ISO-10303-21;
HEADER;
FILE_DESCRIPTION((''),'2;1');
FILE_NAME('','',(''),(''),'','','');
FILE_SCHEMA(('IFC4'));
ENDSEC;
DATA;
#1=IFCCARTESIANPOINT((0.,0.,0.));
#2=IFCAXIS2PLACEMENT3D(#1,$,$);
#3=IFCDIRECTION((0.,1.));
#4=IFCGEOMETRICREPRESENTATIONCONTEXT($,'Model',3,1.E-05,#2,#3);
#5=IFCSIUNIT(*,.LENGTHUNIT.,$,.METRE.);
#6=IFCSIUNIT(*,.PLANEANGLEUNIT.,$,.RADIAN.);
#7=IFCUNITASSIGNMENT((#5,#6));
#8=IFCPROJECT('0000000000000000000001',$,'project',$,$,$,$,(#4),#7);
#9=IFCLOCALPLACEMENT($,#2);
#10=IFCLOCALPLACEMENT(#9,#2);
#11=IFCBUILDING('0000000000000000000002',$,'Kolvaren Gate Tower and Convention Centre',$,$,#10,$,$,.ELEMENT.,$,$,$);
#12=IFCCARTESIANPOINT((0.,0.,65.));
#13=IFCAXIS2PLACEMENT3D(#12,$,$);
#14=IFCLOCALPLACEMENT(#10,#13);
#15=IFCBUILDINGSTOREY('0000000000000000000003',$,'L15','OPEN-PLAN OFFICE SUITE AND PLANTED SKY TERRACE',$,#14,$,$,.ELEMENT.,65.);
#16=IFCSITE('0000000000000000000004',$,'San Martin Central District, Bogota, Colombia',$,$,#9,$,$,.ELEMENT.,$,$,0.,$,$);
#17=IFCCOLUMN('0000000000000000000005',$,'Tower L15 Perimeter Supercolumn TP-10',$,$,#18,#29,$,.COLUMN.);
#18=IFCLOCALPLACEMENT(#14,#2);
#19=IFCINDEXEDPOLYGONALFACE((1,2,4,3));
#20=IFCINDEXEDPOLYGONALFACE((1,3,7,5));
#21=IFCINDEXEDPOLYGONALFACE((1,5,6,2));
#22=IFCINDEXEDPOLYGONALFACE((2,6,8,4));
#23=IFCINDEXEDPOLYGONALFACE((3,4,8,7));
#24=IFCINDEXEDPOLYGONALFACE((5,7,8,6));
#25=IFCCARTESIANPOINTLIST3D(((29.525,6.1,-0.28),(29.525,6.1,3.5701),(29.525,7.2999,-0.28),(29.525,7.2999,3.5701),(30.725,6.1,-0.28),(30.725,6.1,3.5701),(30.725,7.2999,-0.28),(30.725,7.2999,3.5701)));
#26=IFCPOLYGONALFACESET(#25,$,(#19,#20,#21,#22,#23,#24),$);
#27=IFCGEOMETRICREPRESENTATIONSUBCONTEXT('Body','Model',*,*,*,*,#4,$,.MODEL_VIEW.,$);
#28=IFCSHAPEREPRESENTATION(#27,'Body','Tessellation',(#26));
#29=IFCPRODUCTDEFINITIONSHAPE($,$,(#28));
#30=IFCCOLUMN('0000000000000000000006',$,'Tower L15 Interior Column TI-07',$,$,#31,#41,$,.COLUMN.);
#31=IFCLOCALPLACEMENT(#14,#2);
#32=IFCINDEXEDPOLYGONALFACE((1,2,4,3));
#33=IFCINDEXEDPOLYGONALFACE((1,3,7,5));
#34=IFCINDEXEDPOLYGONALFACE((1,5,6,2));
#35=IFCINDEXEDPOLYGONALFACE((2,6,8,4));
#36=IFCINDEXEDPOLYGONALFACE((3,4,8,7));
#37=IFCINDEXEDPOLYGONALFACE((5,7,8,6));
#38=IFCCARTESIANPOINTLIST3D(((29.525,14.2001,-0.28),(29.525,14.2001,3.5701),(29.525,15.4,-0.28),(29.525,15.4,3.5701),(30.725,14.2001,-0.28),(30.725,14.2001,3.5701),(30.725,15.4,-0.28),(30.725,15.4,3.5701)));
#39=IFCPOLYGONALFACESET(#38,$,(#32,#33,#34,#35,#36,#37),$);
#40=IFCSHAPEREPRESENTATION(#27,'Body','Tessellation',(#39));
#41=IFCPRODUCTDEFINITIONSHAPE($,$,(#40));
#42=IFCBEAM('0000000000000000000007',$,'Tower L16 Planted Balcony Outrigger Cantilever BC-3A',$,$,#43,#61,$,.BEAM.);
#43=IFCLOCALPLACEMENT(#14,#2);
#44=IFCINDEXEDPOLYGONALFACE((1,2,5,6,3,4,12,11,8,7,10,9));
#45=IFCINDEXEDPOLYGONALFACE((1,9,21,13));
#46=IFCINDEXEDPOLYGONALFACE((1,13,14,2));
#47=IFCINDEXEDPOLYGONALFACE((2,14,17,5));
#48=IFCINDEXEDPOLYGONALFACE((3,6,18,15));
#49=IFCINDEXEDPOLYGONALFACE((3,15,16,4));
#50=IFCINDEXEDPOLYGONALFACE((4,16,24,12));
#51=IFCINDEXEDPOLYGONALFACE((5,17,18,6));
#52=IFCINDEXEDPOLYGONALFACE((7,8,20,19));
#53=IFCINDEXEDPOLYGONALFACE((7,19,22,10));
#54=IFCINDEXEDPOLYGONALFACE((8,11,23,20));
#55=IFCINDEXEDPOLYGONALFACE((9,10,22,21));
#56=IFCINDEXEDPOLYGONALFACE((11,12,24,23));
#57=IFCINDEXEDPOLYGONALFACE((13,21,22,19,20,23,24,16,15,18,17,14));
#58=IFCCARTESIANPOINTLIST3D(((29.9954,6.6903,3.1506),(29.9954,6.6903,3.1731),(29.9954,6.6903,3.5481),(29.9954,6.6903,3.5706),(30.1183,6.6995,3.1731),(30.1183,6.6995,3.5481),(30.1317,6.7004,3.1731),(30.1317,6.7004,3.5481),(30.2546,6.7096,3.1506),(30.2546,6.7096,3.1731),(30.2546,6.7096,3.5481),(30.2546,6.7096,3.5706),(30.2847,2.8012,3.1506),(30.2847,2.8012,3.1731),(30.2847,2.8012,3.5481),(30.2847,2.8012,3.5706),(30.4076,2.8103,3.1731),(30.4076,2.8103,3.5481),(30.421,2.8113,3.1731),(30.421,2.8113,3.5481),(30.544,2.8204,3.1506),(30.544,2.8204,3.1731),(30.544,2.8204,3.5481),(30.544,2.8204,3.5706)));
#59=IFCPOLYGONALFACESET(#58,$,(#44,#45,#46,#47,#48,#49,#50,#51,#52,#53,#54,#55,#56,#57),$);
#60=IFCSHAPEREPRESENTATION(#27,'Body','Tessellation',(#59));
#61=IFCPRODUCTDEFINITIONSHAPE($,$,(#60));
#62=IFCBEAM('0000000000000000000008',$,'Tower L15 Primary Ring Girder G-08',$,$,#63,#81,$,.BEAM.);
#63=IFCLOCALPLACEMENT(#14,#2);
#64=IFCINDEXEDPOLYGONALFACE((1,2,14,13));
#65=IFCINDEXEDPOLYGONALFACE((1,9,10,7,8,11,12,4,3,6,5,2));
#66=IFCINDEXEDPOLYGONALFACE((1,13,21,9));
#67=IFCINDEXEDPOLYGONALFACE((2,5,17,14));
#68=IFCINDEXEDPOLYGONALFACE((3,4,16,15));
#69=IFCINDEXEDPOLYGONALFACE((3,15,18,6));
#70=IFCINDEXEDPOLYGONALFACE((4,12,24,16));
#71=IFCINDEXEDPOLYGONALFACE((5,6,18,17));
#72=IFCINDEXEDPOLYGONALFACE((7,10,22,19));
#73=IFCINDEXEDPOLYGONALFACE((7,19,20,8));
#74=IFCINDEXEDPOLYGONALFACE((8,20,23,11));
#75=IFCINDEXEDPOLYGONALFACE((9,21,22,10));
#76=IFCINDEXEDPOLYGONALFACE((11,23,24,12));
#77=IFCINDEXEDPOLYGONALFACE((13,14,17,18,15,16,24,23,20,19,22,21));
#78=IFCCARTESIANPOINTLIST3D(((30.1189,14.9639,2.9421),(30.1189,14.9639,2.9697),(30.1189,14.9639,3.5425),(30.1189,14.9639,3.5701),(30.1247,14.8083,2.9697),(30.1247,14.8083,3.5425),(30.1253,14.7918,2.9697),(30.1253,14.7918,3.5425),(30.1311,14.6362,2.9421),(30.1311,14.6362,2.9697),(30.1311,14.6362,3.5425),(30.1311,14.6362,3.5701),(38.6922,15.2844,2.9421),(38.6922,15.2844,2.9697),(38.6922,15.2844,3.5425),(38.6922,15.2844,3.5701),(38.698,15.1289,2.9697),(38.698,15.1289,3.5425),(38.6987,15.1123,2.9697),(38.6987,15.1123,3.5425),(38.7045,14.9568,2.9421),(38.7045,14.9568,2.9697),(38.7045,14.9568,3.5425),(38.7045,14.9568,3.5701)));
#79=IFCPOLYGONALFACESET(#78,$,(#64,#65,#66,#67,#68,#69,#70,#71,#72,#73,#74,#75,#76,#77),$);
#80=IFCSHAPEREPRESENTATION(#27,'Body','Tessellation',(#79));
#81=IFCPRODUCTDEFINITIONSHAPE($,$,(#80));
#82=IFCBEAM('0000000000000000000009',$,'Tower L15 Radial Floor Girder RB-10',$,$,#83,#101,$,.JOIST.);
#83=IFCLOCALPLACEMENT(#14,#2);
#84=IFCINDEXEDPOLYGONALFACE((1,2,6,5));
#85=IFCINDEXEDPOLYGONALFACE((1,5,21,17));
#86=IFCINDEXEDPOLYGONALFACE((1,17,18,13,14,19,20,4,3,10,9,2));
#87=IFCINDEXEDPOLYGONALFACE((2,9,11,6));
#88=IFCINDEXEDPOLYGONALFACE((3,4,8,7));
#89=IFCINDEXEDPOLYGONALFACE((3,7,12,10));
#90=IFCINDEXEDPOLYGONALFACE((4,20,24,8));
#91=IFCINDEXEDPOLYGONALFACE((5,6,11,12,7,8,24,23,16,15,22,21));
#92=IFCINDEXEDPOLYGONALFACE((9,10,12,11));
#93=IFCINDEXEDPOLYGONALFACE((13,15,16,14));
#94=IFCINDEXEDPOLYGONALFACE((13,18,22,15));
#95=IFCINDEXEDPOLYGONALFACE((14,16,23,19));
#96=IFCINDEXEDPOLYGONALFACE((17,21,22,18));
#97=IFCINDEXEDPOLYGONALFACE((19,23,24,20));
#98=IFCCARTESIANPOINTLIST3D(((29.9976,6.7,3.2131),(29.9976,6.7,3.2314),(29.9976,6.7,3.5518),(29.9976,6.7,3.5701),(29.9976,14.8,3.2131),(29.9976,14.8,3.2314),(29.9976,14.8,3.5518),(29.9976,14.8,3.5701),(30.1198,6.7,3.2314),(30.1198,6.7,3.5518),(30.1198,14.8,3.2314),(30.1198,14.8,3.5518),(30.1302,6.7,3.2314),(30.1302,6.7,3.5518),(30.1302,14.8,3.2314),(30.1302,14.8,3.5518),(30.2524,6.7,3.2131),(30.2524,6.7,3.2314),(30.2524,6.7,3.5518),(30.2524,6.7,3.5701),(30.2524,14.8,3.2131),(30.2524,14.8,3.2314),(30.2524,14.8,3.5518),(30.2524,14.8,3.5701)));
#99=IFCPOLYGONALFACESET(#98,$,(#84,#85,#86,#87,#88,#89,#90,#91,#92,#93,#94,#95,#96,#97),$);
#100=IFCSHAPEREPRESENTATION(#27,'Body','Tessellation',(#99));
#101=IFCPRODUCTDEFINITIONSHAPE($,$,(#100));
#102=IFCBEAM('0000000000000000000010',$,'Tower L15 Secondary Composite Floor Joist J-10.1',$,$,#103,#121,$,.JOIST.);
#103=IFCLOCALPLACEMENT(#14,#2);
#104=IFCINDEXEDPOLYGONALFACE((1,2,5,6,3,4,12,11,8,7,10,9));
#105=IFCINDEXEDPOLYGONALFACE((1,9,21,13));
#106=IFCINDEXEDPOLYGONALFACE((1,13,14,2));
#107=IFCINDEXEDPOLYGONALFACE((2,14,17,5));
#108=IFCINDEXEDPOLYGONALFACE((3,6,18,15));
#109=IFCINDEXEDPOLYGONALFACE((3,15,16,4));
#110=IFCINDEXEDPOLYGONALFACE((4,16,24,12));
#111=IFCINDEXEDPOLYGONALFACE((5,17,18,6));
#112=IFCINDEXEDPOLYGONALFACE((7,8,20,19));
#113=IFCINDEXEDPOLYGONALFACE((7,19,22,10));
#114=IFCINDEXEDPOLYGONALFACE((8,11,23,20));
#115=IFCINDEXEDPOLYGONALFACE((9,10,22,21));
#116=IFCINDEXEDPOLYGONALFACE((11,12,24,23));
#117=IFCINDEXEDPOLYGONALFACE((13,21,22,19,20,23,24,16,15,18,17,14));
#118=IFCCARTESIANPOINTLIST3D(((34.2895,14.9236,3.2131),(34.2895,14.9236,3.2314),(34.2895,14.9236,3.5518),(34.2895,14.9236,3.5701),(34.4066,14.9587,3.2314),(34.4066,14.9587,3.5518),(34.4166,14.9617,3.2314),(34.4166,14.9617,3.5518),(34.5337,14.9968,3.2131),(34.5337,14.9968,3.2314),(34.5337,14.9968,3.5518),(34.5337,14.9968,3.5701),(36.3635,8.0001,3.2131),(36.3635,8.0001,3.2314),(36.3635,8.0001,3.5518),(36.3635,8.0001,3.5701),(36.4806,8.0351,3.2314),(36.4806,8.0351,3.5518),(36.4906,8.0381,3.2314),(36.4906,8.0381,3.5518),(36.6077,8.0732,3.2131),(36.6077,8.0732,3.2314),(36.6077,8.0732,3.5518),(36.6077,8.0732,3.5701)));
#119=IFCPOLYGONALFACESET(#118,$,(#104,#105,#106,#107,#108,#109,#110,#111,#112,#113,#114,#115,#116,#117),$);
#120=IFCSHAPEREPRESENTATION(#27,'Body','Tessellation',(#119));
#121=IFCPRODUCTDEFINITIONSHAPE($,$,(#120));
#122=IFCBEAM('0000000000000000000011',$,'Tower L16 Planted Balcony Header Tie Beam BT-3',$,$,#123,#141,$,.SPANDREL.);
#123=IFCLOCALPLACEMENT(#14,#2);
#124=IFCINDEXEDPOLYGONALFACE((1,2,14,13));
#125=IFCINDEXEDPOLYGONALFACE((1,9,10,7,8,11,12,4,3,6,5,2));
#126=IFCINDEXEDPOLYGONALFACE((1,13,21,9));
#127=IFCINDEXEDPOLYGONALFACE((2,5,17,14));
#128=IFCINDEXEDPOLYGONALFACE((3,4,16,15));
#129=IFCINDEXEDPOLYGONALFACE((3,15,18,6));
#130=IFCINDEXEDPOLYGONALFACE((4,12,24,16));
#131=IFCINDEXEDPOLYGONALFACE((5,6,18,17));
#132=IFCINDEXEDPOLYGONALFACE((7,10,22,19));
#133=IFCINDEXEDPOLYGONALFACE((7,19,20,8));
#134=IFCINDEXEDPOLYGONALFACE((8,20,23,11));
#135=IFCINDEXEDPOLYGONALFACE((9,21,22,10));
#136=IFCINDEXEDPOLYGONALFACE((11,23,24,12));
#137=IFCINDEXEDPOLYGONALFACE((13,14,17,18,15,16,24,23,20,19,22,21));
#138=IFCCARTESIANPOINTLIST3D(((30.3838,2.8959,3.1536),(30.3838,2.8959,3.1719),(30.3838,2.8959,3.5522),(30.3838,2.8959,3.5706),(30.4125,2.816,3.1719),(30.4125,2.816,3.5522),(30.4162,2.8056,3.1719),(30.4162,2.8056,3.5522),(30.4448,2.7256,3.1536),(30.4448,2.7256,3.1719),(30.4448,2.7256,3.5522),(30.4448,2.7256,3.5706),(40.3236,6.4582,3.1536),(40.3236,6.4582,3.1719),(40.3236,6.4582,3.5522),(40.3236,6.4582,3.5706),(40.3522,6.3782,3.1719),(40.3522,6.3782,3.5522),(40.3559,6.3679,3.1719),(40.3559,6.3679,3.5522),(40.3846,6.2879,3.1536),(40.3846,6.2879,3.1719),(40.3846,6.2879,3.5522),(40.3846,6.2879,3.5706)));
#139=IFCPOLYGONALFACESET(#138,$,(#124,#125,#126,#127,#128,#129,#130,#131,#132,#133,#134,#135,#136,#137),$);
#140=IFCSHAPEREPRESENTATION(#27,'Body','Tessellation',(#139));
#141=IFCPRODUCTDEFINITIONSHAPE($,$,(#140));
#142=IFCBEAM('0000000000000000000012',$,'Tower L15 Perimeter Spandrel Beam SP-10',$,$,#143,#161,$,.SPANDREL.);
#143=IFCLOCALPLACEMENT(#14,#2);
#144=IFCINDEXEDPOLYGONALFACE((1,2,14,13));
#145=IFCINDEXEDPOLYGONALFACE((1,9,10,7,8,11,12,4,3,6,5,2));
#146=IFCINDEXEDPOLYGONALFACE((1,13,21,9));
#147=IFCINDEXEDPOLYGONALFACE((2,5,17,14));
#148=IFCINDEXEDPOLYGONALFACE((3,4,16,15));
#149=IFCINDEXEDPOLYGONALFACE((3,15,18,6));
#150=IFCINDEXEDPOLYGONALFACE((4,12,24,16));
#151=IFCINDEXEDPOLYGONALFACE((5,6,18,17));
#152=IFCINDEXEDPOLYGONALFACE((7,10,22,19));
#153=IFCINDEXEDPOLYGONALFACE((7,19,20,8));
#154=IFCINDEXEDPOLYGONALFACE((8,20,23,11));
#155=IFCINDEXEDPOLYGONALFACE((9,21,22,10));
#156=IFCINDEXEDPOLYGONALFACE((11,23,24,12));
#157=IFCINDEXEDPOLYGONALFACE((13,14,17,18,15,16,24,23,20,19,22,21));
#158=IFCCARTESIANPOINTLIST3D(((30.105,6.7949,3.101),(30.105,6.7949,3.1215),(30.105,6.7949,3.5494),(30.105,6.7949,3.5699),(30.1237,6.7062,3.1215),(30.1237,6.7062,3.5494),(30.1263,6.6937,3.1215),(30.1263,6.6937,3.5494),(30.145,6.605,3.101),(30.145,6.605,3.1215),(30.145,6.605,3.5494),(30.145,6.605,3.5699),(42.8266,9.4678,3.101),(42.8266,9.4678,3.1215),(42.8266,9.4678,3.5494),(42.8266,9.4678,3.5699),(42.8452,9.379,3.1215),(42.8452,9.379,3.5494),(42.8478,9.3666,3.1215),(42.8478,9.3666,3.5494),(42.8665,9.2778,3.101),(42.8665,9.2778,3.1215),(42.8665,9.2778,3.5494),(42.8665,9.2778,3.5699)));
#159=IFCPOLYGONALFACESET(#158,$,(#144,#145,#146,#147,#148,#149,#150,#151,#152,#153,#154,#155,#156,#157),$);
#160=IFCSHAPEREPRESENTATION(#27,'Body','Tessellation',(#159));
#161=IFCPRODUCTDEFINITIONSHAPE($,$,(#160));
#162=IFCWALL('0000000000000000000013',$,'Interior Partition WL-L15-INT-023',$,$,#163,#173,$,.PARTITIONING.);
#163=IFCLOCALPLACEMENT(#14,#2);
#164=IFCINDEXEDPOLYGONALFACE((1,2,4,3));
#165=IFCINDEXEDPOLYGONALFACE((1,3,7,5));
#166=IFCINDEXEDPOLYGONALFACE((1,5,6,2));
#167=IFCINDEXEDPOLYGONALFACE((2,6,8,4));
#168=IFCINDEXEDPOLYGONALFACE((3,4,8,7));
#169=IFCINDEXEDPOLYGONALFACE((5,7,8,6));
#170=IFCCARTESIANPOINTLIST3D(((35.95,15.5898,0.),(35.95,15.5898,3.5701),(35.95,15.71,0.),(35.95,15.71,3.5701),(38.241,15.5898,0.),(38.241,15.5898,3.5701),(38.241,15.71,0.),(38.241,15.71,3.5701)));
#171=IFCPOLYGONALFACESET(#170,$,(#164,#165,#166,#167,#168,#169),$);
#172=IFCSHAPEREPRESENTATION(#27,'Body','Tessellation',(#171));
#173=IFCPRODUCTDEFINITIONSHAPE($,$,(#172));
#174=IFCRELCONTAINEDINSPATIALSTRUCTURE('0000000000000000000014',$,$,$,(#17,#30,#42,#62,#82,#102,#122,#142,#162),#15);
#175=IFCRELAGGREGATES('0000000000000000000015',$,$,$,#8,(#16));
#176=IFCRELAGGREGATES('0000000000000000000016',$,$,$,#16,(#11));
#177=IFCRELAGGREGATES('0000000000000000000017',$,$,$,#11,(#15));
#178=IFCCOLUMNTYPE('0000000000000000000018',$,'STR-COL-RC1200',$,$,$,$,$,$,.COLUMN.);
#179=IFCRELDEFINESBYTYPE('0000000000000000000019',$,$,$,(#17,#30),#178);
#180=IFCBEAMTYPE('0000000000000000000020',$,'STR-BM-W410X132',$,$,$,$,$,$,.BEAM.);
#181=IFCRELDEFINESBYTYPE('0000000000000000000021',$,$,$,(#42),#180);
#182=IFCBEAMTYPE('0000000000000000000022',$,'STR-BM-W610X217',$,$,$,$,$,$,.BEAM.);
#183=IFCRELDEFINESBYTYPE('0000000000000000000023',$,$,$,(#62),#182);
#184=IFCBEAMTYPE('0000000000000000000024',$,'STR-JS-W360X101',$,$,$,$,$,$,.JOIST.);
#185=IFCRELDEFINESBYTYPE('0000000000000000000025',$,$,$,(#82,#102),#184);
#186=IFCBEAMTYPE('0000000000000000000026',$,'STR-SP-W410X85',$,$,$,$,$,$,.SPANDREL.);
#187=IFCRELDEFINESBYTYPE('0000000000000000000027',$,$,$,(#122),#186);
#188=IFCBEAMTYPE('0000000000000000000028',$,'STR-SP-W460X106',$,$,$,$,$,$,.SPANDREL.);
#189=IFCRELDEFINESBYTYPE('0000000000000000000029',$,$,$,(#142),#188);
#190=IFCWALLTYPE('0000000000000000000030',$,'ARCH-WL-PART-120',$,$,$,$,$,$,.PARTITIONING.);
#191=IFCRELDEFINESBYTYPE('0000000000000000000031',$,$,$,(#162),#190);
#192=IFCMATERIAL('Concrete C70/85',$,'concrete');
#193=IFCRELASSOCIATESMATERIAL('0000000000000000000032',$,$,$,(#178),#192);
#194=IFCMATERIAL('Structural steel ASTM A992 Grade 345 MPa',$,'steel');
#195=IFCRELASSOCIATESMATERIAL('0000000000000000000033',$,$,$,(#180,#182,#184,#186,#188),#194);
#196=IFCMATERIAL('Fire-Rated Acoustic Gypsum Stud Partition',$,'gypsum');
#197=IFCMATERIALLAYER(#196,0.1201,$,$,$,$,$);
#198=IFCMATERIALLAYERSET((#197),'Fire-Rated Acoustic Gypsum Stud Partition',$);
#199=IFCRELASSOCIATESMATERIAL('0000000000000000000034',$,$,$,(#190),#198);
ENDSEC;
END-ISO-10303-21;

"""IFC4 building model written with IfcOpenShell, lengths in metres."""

from ifc_helpers import new_model, si_unit, direction, frame, frame_2d, origin, origin_2d, place, context, subcontext, project, spatial, rectangle, i_section, extrude, material, layer, layer_set, material_profile, profile_set, type_object, element, save


model = new_model("IFC4")

# Units and contexts
model_context = context("Model", 3, precision=1e-05, world=origin(), true_north=direction((0.0, 1.0)))
body_context = subcontext(model_context, "Body", "Model", "MODEL_VIEW")
ifc_project = project(units=[si_unit("LENGTHUNIT", "METRE"), si_unit("PLANEANGLEUNIT", "RADIAN")], contexts=[model_context])

# Site, building, storey
site_placement = place(None, origin())
site = spatial("IfcSite", under=ifc_project, at=site_placement, Name="San Martin Central District, Bogota, Colombia", CompositionType="ELEMENT", RefElevation=0.0)
building_placement = place(site_placement, origin())
building = spatial("IfcBuilding", under=site, at=building_placement, Name="Kolvaren Gate Tower and Convention Centre", CompositionType="ELEMENT")
storey_placement = place(building_placement, frame((0.0, 0.0, 65.0)))
storey = spatial("IfcBuildingStorey", under=building, at=storey_placement, Name="L15", Description="OPEN-PLAN OFFICE SUITE AND PLANTED SKY TERRACE", CompositionType="ELEMENT", Elevation=65.0)

# Columns
ifc_material_1 = material(Name="Concrete C70/85", Category="concrete")
ifc_material_profile_1 = material_profile(ifc_material_1, rectangle(XDim=1.2, YDim=1.2, at=origin_2d()), Name="RC-COL-1200X1200")
ifc_profile_set_1 = profile_set([ifc_material_profile_1], Name="Concrete C70/85")
column_type = type_object("IfcColumnType", Name="STR-COL-RC1200", PredefinedType="COLUMN", material=ifc_profile_set_1)
for number, where, z_axis, x_axis, name in (
    (1, (30.125, 6.7, -0.28), (0.0, 0.0, 1.0), (1.0, 0.0, 0.0), "Tower L15 Perimeter Supercolumn TP-10"),
    (2, (30.125, 14.8, -0.28), (0.0, 0.0, 1.0), (1.0, 0.0, 0.0), "Tower L15 Interior Column TI-07"),
):
    element("IfcColumn", number, at=place(storey_placement, frame(where, z_axis=z_axis, x_axis=x_axis)), inside=storey, type_object=column_type, Name=name, PredefinedType="COLUMN", context=body_context, shape_type="SweptSolid", body=[
        extrude(rectangle(XDim=1.2, YDim=1.2, at=origin_2d()), origin(), (0.0, 0.0, 1.0), 3.8501),
    ])

# Beams
ifc_material_2 = material(Name="Structural steel ASTM A992 Grade 345 MPa", Category="steel")
ifc_material_profile_2 = material_profile(ifc_material_2, i_section(OverallWidth=0.26, OverallDepth=0.4199, WebThickness=0.0134, FlangeThickness=0.0225, at=origin_2d()), Name="W410X132")
ifc_profile_set_2 = profile_set([ifc_material_profile_2], Name="Structural steel ASTM A992 Grade 345 MPa")
beam_type_1 = type_object("IfcBeamType", Name="STR-BM-W410X132", PredefinedType="BEAM", material=ifc_profile_set_2)
beam_1_placement = place(storey_placement, frame((30.125, 6.7, 3.3606), z_axis=(0.074183, -0.997245, 0.0), x_axis=(0.997245, 0.074183, 0.0)))
element("IfcBeam", 3, at=beam_1_placement, inside=storey, type_object=beam_type_1, Name="Tower L16 Planted Balcony Outrigger Cantilever BC-3A", PredefinedType="BEAM", context=body_context, shape_type="SweptSolid", body=[
    extrude(i_section(OverallWidth=0.26, OverallDepth=0.4199, WebThickness=0.0134, FlangeThickness=0.0225, at=origin_2d()), origin(), (0.0, 0.0, 1.0), 3.8999),
])
ifc_material_profile_3 = material_profile(ifc_material_2, i_section(OverallWidth=0.3279, OverallDepth=0.6279, WebThickness=0.0166, FlangeThickness=0.0276, at=origin_2d()), Name="W610X217")
ifc_profile_set_3 = profile_set([ifc_material_profile_3], Name="Structural steel ASTM A992 Grade 345 MPa")
beam_type_2 = type_object("IfcBeamType", Name="STR-BM-W610X217", PredefinedType="BEAM", material=ifc_profile_set_3)
beam_2_placement = place(storey_placement, frame((30.125, 14.8, 3.2561), z_axis=(0.999302, 0.037364, 0.0), x_axis=(-0.037364, 0.999302, 0.0)))
element("IfcBeam", 4, at=beam_2_placement, inside=storey, type_object=beam_type_2, Name="Tower L15 Primary Ring Girder G-08", PredefinedType="BEAM", context=body_context, shape_type="SweptSolid", body=[
    extrude(i_section(OverallWidth=0.3279, OverallDepth=0.6279, WebThickness=0.0166, FlangeThickness=0.0276, at=origin_2d()), origin(), (0.0, 0.0, 1.0), 8.5793),
])
ifc_material_profile_4 = material_profile(ifc_material_2, i_section(OverallWidth=0.2549, OverallDepth=0.3569, WebThickness=0.0105, FlangeThickness=0.0183, at=origin_2d()), Name="W360X101")
ifc_profile_set_4 = profile_set([ifc_material_profile_4], Name="Structural steel ASTM A992 Grade 345 MPa")
beam_type_3 = type_object("IfcBeamType", Name="STR-JS-W360X101", PredefinedType="JOIST", material=ifc_profile_set_4)
beam_3_placement = place(storey_placement, frame((30.125, 14.8, 3.3916), z_axis=(0.0, -1.0, 0.0), x_axis=(1.0, 0.0, 0.0)))
element("IfcBeam", 5, at=beam_3_placement, inside=storey, type_object=beam_type_3, Name="Tower L15 Radial Floor Girder RB-10", PredefinedType="JOIST", context=body_context, shape_type="SweptSolid", body=[
    extrude(i_section(OverallWidth=0.2549, OverallDepth=0.3569, WebThickness=0.0105, FlangeThickness=0.0183, at=origin_2d()), origin(), (0.0, 0.0, 1.0), 8.1001),
])
beam_4_placement = place(storey_placement, frame((34.4116, 14.9602, 3.3916), z_axis=(0.286954, -0.957944, 0.0), x_axis=(0.957944, 0.286954, 0.0)))
element("IfcBeam", 6, at=beam_4_placement, inside=storey, type_object=beam_type_3, Name="Tower L15 Secondary Composite Floor Joist J-10.1", PredefinedType="JOIST", context=body_context, shape_type="SweptSolid", body=[
    extrude(i_section(OverallWidth=0.2549, OverallDepth=0.3569, WebThickness=0.0105, FlangeThickness=0.0183, at=origin_2d()), origin(), (0.0, 0.0, 1.0), 7.2275),
])
ifc_material_profile_5 = material_profile(ifc_material_2, i_section(OverallWidth=0.1809, OverallDepth=0.417, WebThickness=0.011, FlangeThickness=0.0183, at=origin_2d()), Name="W410X85")
ifc_profile_set_5 = profile_set([ifc_material_profile_5], Name="Structural steel ASTM A992 Grade 345 MPa")
beam_type_4 = type_object("IfcBeamType", Name="STR-SP-W410X85", PredefinedType="SPANDREL", material=ifc_profile_set_5)
beam_5_placement = place(storey_placement, frame((30.4143, 2.8108, 3.3621), z_axis=(0.94137, 0.337375, 0.0), x_axis=(-0.337375, 0.94137, 0.0)))
element("IfcBeam", 7, at=beam_5_placement, inside=storey, type_object=beam_type_4, Name="Tower L16 Planted Balcony Header Tie Beam BT-3", PredefinedType="SPANDREL", context=body_context, shape_type="SweptSolid", body=[
    extrude(i_section(OverallWidth=0.1809, OverallDepth=0.417, WebThickness=0.011, FlangeThickness=0.0183, at=origin_2d()), origin(), (0.0, 0.0, 1.0), 10.5588),
])
ifc_material_profile_6 = material_profile(ifc_material_2, i_section(OverallWidth=0.1941, OverallDepth=0.469, WebThickness=0.0127, FlangeThickness=0.0205, at=origin_2d()), Name="W460X106")
ifc_profile_set_6 = profile_set([ifc_material_profile_6], Name="Structural steel ASTM A992 Grade 345 MPa")
beam_type_5 = type_object("IfcBeamType", Name="STR-SP-W460X106", PredefinedType="SPANDREL", material=ifc_profile_set_6)
beam_6_placement = place(storey_placement, frame((30.125, 6.7, 3.3354), z_axis=(0.978633, 0.205617, 0.0), x_axis=(-0.205617, 0.978633, 0.0)))
element("IfcBeam", 8, at=beam_6_placement, inside=storey, type_object=beam_type_5, Name="Tower L15 Perimeter Spandrel Beam SP-10", PredefinedType="SPANDREL", context=body_context, shape_type="SweptSolid", body=[
    extrude(i_section(OverallWidth=0.1941, OverallDepth=0.469, WebThickness=0.0127, FlangeThickness=0.0205, at=origin_2d()), origin(), (0.0, 0.0, 1.0), 12.9993),
])

# Wall
ifc_material_3 = material(Name="Fire-Rated Acoustic Gypsum Stud Partition", Category="gypsum")
ifc_layer_1 = layer(ifc_material_3, 0.1201)
ifc_layer_set_1 = layer_set([ifc_layer_1], Name="Fire-Rated Acoustic Gypsum Stud Partition")
wall_type_1 = type_object("IfcWallType", Name="ARCH-WL-PART-120", PredefinedType="PARTITIONING", material=ifc_layer_set_1)
wall_1_placement = place(storey_placement, frame((35.95, 15.6499, 0.0), z_axis=(0.0, 0.0, 1.0), x_axis=(1.0, 0.0, 0.0)))
element("IfcWall", 9, at=wall_1_placement, inside=storey, type_object=wall_type_1, Name="Interior Partition WL-L15-INT-023", PredefinedType="PARTITIONING", context=body_context, shape_type="SweptSolid", body=[
    extrude(rectangle(XDim=2.291, YDim=0.1201, at=frame_2d((1.1455, 0.0))), origin(), (0.0, 0.0, 1.0), 3.5701),
])

save(model, "model.ifc")
